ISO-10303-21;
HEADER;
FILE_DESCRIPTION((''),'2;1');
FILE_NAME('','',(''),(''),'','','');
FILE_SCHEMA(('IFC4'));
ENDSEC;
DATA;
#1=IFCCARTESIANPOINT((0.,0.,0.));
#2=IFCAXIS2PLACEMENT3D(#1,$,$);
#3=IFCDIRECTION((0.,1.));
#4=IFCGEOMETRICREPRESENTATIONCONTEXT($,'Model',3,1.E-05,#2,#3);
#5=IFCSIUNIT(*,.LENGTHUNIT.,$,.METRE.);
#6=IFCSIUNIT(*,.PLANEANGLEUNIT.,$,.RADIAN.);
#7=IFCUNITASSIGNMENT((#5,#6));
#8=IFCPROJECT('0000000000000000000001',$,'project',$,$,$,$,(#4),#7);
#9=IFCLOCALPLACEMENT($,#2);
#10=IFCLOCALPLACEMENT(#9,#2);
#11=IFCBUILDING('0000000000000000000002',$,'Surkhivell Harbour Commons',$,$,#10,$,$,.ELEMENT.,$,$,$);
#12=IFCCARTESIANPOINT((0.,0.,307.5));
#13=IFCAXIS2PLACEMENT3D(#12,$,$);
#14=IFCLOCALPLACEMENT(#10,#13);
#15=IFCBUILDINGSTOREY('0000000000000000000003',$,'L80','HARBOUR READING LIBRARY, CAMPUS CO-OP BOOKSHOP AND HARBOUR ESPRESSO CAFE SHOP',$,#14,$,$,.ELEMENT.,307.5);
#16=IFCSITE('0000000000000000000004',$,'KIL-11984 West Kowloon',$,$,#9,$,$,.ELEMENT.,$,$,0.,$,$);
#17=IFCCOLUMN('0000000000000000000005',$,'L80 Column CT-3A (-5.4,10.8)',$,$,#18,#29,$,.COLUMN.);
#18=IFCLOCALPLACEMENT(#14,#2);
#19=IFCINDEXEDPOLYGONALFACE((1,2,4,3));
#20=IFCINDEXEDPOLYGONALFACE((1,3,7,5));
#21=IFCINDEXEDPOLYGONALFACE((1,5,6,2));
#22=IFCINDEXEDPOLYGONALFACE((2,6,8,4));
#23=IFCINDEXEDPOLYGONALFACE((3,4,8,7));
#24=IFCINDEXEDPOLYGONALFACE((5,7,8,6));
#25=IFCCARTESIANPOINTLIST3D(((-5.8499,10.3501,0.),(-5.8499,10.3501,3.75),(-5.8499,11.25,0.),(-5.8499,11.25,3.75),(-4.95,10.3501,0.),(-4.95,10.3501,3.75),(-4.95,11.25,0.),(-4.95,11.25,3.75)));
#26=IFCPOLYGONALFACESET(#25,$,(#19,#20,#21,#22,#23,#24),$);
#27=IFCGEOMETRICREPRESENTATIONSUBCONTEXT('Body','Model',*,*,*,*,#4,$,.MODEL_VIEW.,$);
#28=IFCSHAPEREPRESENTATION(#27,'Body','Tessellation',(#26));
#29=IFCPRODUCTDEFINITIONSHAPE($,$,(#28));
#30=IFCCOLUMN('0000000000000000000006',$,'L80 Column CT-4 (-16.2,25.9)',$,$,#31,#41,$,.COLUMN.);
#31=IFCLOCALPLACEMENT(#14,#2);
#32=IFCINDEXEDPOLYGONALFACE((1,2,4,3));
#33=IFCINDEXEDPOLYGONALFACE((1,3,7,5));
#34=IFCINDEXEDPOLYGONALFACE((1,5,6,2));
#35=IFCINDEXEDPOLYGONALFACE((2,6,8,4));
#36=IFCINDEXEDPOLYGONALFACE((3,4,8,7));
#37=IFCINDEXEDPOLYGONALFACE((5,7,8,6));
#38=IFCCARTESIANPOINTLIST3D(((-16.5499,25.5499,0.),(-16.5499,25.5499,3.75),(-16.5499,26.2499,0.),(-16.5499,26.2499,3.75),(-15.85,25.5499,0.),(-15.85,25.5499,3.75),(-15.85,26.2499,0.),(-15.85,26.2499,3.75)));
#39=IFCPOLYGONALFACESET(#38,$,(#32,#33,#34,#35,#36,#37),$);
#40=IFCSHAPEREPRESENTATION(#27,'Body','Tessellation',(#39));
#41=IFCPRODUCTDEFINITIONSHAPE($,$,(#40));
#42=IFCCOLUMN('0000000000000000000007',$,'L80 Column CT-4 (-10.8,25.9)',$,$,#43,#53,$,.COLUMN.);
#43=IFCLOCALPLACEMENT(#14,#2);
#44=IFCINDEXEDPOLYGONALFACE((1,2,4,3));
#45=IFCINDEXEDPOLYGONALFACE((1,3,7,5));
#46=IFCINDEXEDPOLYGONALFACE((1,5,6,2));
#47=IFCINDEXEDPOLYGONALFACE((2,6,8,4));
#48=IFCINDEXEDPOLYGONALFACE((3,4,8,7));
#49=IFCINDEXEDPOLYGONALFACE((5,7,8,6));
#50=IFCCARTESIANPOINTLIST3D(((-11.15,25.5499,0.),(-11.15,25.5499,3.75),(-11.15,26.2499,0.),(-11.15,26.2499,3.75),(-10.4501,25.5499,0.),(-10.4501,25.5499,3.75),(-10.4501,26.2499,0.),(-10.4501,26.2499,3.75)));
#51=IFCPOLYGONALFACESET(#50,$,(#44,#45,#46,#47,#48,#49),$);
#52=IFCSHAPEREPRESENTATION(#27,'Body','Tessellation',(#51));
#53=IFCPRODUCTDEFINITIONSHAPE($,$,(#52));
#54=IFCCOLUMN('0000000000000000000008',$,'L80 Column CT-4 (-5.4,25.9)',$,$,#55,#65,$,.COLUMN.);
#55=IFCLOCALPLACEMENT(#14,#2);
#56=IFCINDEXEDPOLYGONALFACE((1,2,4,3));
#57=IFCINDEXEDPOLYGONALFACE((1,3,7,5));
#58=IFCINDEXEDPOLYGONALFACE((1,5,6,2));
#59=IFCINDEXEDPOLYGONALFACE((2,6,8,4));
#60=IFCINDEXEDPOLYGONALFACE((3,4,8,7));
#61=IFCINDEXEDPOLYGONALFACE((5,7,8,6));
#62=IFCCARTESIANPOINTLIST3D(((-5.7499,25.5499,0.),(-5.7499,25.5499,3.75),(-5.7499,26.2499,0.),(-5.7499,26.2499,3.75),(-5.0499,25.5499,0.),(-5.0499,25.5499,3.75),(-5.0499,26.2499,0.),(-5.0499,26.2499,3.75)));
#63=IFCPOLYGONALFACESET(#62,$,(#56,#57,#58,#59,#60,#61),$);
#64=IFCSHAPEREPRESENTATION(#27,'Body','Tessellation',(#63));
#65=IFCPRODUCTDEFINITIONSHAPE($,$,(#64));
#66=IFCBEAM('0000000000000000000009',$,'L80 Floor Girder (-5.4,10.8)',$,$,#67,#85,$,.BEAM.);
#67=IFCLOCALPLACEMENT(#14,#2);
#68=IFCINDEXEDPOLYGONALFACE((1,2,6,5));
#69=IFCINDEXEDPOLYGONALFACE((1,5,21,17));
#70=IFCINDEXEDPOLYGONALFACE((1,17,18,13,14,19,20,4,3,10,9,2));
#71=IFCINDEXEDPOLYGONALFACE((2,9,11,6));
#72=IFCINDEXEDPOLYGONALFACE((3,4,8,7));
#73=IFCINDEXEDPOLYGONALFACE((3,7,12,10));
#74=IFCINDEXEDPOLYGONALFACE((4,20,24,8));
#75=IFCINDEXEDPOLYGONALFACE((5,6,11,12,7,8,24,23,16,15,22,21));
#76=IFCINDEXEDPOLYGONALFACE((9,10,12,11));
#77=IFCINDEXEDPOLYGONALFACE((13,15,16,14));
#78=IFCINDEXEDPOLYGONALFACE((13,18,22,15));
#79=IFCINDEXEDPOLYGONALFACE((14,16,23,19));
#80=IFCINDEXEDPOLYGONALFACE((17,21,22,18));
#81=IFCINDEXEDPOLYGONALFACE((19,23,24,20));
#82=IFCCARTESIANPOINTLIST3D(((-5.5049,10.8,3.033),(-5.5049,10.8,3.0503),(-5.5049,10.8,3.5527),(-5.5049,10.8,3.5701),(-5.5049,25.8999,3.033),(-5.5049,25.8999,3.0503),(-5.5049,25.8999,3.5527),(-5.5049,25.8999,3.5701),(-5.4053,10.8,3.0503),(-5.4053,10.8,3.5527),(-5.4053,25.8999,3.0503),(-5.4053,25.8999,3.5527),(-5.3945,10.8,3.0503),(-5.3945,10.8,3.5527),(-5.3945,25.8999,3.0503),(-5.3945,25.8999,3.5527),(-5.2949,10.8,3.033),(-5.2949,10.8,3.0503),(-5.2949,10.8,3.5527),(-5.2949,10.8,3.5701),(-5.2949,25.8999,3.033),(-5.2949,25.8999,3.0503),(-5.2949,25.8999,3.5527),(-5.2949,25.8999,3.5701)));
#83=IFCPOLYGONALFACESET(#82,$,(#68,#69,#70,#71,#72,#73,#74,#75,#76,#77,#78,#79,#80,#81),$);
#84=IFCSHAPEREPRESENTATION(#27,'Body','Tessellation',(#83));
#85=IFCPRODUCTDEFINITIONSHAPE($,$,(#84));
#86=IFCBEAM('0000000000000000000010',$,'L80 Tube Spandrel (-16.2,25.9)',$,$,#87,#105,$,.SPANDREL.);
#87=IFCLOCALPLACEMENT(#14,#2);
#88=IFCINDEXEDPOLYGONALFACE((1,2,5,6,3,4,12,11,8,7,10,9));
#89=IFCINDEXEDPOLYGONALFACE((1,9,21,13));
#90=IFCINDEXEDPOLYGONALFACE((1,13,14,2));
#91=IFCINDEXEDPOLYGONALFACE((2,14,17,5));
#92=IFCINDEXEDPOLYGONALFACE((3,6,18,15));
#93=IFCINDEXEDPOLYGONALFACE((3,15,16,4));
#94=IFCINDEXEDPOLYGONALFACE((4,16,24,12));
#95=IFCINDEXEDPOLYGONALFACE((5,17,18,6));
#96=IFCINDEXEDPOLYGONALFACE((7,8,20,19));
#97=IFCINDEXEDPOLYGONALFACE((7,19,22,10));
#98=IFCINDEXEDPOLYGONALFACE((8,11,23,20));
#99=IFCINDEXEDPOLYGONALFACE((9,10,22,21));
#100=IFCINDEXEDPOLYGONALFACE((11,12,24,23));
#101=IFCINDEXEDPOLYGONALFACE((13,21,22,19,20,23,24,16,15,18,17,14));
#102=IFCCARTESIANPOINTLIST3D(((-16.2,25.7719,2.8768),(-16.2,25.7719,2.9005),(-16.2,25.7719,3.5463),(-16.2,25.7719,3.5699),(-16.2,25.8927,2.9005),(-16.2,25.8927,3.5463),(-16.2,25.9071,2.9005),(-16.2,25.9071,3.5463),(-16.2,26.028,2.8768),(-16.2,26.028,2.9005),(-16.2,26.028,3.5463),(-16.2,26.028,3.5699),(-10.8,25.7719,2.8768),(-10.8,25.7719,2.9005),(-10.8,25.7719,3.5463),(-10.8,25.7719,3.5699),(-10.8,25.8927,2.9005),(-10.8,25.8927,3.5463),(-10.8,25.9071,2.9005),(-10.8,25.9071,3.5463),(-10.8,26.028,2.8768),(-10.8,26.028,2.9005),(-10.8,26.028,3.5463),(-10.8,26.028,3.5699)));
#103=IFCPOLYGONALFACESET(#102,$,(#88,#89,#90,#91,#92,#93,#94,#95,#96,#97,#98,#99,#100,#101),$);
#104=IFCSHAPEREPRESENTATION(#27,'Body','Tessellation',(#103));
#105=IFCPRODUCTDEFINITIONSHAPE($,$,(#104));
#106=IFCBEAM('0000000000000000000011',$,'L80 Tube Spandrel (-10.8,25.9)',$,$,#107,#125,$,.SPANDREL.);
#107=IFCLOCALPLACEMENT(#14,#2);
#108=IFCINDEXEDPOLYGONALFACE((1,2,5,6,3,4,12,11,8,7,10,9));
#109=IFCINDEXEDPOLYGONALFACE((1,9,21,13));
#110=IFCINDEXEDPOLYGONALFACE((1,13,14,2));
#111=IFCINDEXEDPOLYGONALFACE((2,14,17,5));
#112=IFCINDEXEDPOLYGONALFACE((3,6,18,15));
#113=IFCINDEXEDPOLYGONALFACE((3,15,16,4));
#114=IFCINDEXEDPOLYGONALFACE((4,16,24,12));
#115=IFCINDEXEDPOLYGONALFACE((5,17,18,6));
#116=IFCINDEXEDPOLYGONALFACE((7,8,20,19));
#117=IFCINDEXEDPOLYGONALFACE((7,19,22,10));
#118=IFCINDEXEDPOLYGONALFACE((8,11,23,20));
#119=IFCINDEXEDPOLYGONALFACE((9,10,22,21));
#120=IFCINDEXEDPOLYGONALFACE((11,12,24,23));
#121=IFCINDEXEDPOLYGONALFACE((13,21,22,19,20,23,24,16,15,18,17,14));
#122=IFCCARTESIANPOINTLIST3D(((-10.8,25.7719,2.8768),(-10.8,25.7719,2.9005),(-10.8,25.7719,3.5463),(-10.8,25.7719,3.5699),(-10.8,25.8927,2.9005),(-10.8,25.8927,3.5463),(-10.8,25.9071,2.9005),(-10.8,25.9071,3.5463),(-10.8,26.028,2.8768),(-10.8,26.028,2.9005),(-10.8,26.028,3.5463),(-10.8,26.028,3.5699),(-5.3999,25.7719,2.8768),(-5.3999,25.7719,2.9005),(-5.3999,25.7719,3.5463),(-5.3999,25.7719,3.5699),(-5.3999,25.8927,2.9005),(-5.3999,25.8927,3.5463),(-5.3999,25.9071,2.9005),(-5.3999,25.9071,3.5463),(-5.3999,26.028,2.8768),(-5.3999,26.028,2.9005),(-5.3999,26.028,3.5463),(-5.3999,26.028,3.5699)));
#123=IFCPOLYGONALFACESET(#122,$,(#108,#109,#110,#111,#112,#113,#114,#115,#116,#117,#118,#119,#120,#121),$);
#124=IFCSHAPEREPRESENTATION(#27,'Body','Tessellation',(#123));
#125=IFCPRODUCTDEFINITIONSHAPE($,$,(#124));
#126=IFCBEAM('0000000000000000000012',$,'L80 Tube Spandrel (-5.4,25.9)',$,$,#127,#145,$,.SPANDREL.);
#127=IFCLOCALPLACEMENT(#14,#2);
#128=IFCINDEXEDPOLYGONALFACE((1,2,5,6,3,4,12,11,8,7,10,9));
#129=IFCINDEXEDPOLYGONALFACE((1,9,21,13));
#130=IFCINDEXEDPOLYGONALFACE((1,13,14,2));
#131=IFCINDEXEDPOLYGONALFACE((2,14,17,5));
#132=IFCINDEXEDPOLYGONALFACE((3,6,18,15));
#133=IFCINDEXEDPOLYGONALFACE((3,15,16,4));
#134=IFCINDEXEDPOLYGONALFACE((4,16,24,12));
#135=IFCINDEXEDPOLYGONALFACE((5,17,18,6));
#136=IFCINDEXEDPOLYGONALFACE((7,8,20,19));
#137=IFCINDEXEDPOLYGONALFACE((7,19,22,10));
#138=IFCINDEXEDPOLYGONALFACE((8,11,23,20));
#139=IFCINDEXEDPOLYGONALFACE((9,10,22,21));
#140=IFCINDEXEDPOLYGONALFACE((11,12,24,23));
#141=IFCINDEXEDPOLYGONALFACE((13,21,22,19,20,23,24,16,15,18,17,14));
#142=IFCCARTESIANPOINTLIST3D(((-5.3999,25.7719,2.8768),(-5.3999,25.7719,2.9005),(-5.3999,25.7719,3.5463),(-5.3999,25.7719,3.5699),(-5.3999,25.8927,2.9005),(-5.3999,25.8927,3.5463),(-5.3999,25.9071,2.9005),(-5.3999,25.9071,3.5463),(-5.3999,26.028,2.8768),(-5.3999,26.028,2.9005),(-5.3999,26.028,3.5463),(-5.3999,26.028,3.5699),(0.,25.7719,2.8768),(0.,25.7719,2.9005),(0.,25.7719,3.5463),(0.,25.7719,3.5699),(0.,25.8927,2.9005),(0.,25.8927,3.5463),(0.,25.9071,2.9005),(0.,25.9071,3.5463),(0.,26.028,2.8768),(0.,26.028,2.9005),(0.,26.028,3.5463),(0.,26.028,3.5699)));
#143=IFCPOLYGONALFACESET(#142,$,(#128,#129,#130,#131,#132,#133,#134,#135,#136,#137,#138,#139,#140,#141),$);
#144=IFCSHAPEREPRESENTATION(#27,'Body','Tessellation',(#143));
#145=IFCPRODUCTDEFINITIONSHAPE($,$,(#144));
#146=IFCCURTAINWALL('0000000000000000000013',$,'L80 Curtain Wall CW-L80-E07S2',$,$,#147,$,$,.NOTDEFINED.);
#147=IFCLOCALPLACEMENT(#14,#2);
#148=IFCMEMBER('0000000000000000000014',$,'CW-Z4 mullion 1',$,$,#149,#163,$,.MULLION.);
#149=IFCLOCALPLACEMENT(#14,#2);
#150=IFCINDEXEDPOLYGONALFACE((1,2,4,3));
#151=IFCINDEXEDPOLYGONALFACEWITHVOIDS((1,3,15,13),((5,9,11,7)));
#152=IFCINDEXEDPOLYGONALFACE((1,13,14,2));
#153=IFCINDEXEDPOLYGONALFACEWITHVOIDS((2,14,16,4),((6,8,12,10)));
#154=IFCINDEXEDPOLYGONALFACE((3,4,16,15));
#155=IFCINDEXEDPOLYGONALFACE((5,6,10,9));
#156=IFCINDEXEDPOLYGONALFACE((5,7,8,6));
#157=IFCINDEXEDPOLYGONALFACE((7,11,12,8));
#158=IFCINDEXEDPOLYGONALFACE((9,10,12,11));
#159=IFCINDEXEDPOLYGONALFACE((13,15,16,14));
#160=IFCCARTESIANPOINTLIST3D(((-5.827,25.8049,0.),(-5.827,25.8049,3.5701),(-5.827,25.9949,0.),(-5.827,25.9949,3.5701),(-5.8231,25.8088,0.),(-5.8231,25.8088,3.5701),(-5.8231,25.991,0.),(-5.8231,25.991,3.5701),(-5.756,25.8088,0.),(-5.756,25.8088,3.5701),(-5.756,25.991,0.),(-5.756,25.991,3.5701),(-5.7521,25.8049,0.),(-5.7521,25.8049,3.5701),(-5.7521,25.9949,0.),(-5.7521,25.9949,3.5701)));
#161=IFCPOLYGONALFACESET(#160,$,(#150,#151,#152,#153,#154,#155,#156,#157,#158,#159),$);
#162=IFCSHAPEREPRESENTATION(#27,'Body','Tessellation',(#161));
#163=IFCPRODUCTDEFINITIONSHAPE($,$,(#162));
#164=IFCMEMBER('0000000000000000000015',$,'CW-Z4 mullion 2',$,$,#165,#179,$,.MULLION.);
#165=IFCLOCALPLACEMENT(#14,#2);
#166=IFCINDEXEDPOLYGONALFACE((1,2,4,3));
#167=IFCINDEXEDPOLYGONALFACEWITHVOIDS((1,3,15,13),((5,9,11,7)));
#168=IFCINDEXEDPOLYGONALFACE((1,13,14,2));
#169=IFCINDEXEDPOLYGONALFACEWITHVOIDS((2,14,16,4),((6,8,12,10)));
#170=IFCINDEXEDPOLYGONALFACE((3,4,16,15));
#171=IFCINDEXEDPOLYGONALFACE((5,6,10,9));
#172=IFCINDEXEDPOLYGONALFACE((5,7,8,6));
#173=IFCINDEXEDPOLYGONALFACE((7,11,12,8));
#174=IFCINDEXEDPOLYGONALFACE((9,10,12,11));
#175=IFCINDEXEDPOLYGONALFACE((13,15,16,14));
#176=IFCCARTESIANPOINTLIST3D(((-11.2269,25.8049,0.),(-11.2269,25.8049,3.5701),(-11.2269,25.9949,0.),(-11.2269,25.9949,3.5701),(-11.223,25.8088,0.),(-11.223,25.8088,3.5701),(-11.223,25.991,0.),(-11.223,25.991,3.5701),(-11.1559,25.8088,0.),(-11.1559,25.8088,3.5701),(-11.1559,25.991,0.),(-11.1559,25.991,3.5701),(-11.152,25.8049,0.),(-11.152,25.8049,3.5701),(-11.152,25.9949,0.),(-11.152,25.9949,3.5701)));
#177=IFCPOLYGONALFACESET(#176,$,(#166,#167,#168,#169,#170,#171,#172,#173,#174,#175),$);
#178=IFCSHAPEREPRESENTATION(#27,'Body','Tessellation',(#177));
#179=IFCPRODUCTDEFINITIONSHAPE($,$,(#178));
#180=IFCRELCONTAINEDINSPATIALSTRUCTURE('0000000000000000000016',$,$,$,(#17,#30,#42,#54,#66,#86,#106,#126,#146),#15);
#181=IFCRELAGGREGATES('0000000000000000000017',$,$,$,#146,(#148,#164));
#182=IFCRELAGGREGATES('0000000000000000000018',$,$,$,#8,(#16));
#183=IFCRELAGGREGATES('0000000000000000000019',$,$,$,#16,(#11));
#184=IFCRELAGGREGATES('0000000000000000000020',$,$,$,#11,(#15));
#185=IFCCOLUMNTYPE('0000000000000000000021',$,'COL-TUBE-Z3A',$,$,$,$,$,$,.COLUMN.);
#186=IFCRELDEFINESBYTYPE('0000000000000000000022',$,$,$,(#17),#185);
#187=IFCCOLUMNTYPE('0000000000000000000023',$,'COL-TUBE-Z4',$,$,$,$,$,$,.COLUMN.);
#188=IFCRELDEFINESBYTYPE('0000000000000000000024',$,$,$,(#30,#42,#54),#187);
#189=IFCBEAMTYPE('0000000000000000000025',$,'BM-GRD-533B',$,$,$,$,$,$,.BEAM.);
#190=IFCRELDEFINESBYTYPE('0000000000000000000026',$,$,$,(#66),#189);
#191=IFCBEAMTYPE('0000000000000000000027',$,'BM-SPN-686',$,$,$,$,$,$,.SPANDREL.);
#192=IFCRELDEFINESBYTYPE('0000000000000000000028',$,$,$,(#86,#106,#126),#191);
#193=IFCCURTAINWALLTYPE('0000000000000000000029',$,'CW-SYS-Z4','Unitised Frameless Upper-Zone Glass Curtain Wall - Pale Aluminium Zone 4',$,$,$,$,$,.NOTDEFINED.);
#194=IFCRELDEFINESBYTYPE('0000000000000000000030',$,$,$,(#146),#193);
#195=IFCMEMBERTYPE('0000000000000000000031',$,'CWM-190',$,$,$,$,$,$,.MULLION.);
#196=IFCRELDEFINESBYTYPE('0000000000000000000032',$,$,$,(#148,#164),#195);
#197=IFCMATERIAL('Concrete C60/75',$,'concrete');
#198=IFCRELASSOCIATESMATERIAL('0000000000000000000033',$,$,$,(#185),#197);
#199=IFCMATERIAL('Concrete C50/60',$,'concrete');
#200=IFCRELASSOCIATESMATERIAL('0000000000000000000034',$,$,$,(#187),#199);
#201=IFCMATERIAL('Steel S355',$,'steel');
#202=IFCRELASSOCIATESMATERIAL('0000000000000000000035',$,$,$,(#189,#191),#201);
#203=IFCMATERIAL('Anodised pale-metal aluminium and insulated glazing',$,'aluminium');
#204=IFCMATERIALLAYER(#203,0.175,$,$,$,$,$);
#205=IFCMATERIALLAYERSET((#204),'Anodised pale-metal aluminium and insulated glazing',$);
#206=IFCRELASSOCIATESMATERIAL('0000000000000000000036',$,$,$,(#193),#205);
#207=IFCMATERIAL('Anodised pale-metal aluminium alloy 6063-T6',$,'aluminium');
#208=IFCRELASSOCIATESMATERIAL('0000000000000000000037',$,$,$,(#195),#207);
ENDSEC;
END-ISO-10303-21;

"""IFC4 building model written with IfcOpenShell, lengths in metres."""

from ifc_helpers import new_model, si_unit, direction, frame, origin, origin_2d, place, context, subcontext, project, spatial, rectangle, hollow_rectangle, i_section, extrude, material, layer, layer_set, material_profile, profile_set, type_object, element, aggregate, save


model = new_model("IFC4")

# Units and contexts
model_context = context("Model", 3, precision=1e-05, world=origin(), true_north=direction((0.0, 1.0)))
body_context = subcontext(model_context, "Body", "Model", "MODEL_VIEW")
ifc_project = project(units=[si_unit("LENGTHUNIT", "METRE"), si_unit("PLANEANGLEUNIT", "RADIAN")], contexts=[model_context])

# Site, building, storey
site_placement = place(None, origin())
site = spatial("IfcSite", under=ifc_project, at=site_placement, Name="KIL-11984 West Kowloon", CompositionType="ELEMENT", RefElevation=0.0)
building_placement = place(site_placement, origin())
building = spatial("IfcBuilding", under=site, at=building_placement, Name="Surkhivell Harbour Commons", CompositionType="ELEMENT")
storey_placement = place(building_placement, frame((0.0, 0.0, 307.5)))
storey = spatial("IfcBuildingStorey", under=building, at=storey_placement, Name="L80", Description="HARBOUR READING LIBRARY, CAMPUS CO-OP BOOKSHOP AND HARBOUR ESPRESSO CAFE SHOP", CompositionType="ELEMENT", Elevation=307.5)

# Columns
ifc_material_1 = material(Name="Concrete C60/75", Category="concrete")
ifc_material_profile_1 = material_profile(ifc_material_1, rectangle(XDim=0.8999, YDim=0.8999, at=origin_2d()), Name="RC-COL-900x900")
ifc_profile_set_1 = profile_set([ifc_material_profile_1], Name="Concrete C60/75")
column_type_1 = type_object("IfcColumnType", Name="COL-TUBE-Z3A", PredefinedType="COLUMN", material=ifc_profile_set_1)
column_placement = place(storey_placement, frame((-5.3999, 10.8, 0.0), z_axis=(0.0, 0.0, 1.0), x_axis=(1.0, 0.0, 0.0)))
element("IfcColumn", 1, at=column_placement, inside=storey, type_object=column_type_1, Name="L80 Column CT-3A (-5.4,10.8)", PredefinedType="COLUMN", context=body_context, shape_type="SweptSolid", body=[
    extrude(rectangle(XDim=0.8999, YDim=0.8999, at=origin_2d()), origin(), (0.0, 0.0, 1.0), 3.75),
])
ifc_material_2 = material(Name="Concrete C50/60", Category="concrete")
ifc_material_profile_2 = material_profile(ifc_material_2, rectangle(XDim=0.7, YDim=0.7, at=origin_2d()), Name="RC-COL-700x700")
ifc_profile_set_2 = profile_set([ifc_material_profile_2], Name="Concrete C50/60")
column_type_2 = type_object("IfcColumnType", Name="COL-TUBE-Z4", PredefinedType="COLUMN", material=ifc_profile_set_2)
for number, where, z_axis, x_axis, name in (
    (2, (-16.2, 25.8999, 0.0), (0.0, 0.0, 1.0), (1.0, 0.0, 0.0), "L80 Column CT-4 (-16.2,25.9)"),
    (3, (-10.8, 25.8999, 0.0), (0.0, 0.0, 1.0), (1.0, 0.0, 0.0), "L80 Column CT-4 (-10.8,25.9)"),
    (4, (-5.3999, 25.8999, 0.0), (0.0, 0.0, 1.0), (1.0, 0.0, 0.0), "L80 Column CT-4 (-5.4,25.9)"),
):
    element("IfcColumn", number, at=place(storey_placement, frame(where, z_axis=z_axis, x_axis=x_axis)), inside=storey, type_object=column_type_2, Name=name, PredefinedType="COLUMN", context=body_context, shape_type="SweptSolid", body=[
        extrude(rectangle(XDim=0.7, YDim=0.7, at=origin_2d()), origin(), (0.0, 0.0, 1.0), 3.75),
    ])

# Beams
ifc_material_3 = material(Name="Steel S355", Category="steel")
ifc_material_profile_3 = material_profile(ifc_material_3, i_section(OverallWidth=0.21, OverallDepth=0.5371, WebThickness=0.0107, FlangeThickness=0.0173, at=origin_2d()), Name="UB533x210x101")
ifc_profile_set_3 = profile_set([ifc_material_profile_3], Name="Steel S355")
beam_type_1 = type_object("IfcBeamType", Name="BM-GRD-533B", PredefinedType="BEAM", material=ifc_profile_set_3)
beam_1_placement = place(storey_placement, frame((-5.3999, 10.8, 3.3015), z_axis=(0.0, 1.0, 0.0), x_axis=(-1.0, 0.0, 0.0)))
element("IfcBeam", 5, at=beam_1_placement, inside=storey, type_object=beam_type_1, Name="L80 Floor Girder (-5.4,10.8)", PredefinedType="BEAM", context=body_context, shape_type="SweptSolid", body=[
    extrude(i_section(OverallWidth=0.21, OverallDepth=0.5371, WebThickness=0.0107, FlangeThickness=0.0173, at=origin_2d()), origin(), (0.0, 0.0, 1.0), 15.0999),
])
ifc_material_profile_4 = material_profile(ifc_material_3, i_section(OverallWidth=0.2561, OverallDepth=0.6931, WebThickness=0.0144, FlangeThickness=0.0237, at=origin_2d()), Name="UB686x254x170")
ifc_profile_set_4 = profile_set([ifc_material_profile_4], Name="Steel S355")
beam_type_2 = type_object("IfcBeamType", Name="BM-SPN-686", PredefinedType="SPANDREL", material=ifc_profile_set_4)
beam_2_placement = place(storey_placement, frame((-16.2, 25.8999, 3.2234), z_axis=(1.0, 0.0, 0.0), x_axis=(0.0, 1.0, 0.0)))
element("IfcBeam", 6, at=beam_2_placement, inside=storey, type_object=beam_type_2, Name="L80 Tube Spandrel (-16.2,25.9)", PredefinedType="SPANDREL", context=body_context, shape_type="SweptSolid", body=[
    extrude(i_section(OverallWidth=0.2561, OverallDepth=0.6931, WebThickness=0.0144, FlangeThickness=0.0237, at=origin_2d()), origin(), (0.0, 0.0, 1.0), 5.3999),
])
beam_3_placement = place(storey_placement, frame((-10.8, 25.8999, 3.2234), z_axis=(1.0, 0.0, 0.0), x_axis=(0.0, 1.0, 0.0)))
element("IfcBeam", 7, at=beam_3_placement, inside=storey, type_object=beam_type_2, Name="L80 Tube Spandrel (-10.8,25.9)", PredefinedType="SPANDREL", context=body_context, shape_type="SweptSolid", body=[
    extrude(i_section(OverallWidth=0.2561, OverallDepth=0.6931, WebThickness=0.0144, FlangeThickness=0.0237, at=origin_2d()), origin(), (0.0, 0.0, 1.0), 5.4001),
])
beam_4_placement = place(storey_placement, frame((-5.3999, 25.8999, 3.2234), z_axis=(1.0, 0.0, 0.0), x_axis=(0.0, 1.0, 0.0)))
element("IfcBeam", 8, at=beam_4_placement, inside=storey, type_object=beam_type_2, Name="L80 Tube Spandrel (-5.4,25.9)", PredefinedType="SPANDREL", context=body_context, shape_type="SweptSolid", body=[
    extrude(i_section(OverallWidth=0.2561, OverallDepth=0.6931, WebThickness=0.0144, FlangeThickness=0.0237, at=origin_2d()), origin(), (0.0, 0.0, 1.0), 5.3999),
])

# Curtain wall, members
ifc_material_4 = material(Name="Anodised pale-metal aluminium and insulated glazing", Category="aluminium")
ifc_layer_1 = layer(ifc_material_4, 0.175)
ifc_layer_set_1 = layer_set([ifc_layer_1], Name="Anodised pale-metal aluminium and insulated glazing")
curtain_wall_type = type_object("IfcCurtainWallType", Name="CW-SYS-Z4", Description="Unitised Frameless Upper-Zone Glass Curtain Wall - Pale Aluminium Zone 4", PredefinedType="NOTDEFINED", material=ifc_layer_set_1)
curtain_wall_placement = place(storey_placement, origin())
curtain_wall = element("IfcCurtainWall", 9, at=curtain_wall_placement, inside=storey, type_object=curtain_wall_type, Name="L80 Curtain Wall CW-L80-E07S2", PredefinedType="NOTDEFINED")
ifc_material_5 = material(Name="Anodised pale-metal aluminium alloy 6063-T6", Category="aluminium")
ifc_material_profile_5 = material_profile(ifc_material_5, hollow_rectangle(XDim=0.075, YDim=0.1899, WallThickness=0.0039, at=origin_2d()), Name="ALU-MULL-75x190")
ifc_profile_set_5 = profile_set([ifc_material_profile_5], Name="Anodised pale-metal aluminium alloy 6063-T6")
member_type_1 = type_object("IfcMemberType", Name="CWM-190", PredefinedType="MULLION", material=ifc_profile_set_5)
member_1_placement = place(storey_placement, frame((-5.7896, 25.8999, 0.0), z_axis=(0.0, 0.0, 1.0), x_axis=(-1.0, 0.0, 0.0)))
member_1 = element("IfcMember", 10, at=member_1_placement, type_object=member_type_1, Name="CW-Z4 mullion 1", PredefinedType="MULLION", context=body_context, shape_type="SweptSolid", body=[
    extrude(hollow_rectangle(XDim=0.075, YDim=0.1899, WallThickness=0.0039, at=origin_2d()), origin(), (0.0, 0.0, 1.0), 3.5701),
])
member_2_placement = place(storey_placement, frame((-11.1895, 25.8999, 0.0), z_axis=(0.0, 0.0, 1.0), x_axis=(-1.0, 0.0, 0.0)))
member_2 = element("IfcMember", 11, at=member_2_placement, type_object=member_type_1, Name="CW-Z4 mullion 2", PredefinedType="MULLION", context=body_context, shape_type="SweptSolid", body=[
    extrude(hollow_rectangle(XDim=0.075, YDim=0.1899, WallThickness=0.0039, at=origin_2d()), origin(), (0.0, 0.0, 1.0), 3.5701),
])
aggregate(curtain_wall, [member_1, member_2])

save(model, "model.ifc")
